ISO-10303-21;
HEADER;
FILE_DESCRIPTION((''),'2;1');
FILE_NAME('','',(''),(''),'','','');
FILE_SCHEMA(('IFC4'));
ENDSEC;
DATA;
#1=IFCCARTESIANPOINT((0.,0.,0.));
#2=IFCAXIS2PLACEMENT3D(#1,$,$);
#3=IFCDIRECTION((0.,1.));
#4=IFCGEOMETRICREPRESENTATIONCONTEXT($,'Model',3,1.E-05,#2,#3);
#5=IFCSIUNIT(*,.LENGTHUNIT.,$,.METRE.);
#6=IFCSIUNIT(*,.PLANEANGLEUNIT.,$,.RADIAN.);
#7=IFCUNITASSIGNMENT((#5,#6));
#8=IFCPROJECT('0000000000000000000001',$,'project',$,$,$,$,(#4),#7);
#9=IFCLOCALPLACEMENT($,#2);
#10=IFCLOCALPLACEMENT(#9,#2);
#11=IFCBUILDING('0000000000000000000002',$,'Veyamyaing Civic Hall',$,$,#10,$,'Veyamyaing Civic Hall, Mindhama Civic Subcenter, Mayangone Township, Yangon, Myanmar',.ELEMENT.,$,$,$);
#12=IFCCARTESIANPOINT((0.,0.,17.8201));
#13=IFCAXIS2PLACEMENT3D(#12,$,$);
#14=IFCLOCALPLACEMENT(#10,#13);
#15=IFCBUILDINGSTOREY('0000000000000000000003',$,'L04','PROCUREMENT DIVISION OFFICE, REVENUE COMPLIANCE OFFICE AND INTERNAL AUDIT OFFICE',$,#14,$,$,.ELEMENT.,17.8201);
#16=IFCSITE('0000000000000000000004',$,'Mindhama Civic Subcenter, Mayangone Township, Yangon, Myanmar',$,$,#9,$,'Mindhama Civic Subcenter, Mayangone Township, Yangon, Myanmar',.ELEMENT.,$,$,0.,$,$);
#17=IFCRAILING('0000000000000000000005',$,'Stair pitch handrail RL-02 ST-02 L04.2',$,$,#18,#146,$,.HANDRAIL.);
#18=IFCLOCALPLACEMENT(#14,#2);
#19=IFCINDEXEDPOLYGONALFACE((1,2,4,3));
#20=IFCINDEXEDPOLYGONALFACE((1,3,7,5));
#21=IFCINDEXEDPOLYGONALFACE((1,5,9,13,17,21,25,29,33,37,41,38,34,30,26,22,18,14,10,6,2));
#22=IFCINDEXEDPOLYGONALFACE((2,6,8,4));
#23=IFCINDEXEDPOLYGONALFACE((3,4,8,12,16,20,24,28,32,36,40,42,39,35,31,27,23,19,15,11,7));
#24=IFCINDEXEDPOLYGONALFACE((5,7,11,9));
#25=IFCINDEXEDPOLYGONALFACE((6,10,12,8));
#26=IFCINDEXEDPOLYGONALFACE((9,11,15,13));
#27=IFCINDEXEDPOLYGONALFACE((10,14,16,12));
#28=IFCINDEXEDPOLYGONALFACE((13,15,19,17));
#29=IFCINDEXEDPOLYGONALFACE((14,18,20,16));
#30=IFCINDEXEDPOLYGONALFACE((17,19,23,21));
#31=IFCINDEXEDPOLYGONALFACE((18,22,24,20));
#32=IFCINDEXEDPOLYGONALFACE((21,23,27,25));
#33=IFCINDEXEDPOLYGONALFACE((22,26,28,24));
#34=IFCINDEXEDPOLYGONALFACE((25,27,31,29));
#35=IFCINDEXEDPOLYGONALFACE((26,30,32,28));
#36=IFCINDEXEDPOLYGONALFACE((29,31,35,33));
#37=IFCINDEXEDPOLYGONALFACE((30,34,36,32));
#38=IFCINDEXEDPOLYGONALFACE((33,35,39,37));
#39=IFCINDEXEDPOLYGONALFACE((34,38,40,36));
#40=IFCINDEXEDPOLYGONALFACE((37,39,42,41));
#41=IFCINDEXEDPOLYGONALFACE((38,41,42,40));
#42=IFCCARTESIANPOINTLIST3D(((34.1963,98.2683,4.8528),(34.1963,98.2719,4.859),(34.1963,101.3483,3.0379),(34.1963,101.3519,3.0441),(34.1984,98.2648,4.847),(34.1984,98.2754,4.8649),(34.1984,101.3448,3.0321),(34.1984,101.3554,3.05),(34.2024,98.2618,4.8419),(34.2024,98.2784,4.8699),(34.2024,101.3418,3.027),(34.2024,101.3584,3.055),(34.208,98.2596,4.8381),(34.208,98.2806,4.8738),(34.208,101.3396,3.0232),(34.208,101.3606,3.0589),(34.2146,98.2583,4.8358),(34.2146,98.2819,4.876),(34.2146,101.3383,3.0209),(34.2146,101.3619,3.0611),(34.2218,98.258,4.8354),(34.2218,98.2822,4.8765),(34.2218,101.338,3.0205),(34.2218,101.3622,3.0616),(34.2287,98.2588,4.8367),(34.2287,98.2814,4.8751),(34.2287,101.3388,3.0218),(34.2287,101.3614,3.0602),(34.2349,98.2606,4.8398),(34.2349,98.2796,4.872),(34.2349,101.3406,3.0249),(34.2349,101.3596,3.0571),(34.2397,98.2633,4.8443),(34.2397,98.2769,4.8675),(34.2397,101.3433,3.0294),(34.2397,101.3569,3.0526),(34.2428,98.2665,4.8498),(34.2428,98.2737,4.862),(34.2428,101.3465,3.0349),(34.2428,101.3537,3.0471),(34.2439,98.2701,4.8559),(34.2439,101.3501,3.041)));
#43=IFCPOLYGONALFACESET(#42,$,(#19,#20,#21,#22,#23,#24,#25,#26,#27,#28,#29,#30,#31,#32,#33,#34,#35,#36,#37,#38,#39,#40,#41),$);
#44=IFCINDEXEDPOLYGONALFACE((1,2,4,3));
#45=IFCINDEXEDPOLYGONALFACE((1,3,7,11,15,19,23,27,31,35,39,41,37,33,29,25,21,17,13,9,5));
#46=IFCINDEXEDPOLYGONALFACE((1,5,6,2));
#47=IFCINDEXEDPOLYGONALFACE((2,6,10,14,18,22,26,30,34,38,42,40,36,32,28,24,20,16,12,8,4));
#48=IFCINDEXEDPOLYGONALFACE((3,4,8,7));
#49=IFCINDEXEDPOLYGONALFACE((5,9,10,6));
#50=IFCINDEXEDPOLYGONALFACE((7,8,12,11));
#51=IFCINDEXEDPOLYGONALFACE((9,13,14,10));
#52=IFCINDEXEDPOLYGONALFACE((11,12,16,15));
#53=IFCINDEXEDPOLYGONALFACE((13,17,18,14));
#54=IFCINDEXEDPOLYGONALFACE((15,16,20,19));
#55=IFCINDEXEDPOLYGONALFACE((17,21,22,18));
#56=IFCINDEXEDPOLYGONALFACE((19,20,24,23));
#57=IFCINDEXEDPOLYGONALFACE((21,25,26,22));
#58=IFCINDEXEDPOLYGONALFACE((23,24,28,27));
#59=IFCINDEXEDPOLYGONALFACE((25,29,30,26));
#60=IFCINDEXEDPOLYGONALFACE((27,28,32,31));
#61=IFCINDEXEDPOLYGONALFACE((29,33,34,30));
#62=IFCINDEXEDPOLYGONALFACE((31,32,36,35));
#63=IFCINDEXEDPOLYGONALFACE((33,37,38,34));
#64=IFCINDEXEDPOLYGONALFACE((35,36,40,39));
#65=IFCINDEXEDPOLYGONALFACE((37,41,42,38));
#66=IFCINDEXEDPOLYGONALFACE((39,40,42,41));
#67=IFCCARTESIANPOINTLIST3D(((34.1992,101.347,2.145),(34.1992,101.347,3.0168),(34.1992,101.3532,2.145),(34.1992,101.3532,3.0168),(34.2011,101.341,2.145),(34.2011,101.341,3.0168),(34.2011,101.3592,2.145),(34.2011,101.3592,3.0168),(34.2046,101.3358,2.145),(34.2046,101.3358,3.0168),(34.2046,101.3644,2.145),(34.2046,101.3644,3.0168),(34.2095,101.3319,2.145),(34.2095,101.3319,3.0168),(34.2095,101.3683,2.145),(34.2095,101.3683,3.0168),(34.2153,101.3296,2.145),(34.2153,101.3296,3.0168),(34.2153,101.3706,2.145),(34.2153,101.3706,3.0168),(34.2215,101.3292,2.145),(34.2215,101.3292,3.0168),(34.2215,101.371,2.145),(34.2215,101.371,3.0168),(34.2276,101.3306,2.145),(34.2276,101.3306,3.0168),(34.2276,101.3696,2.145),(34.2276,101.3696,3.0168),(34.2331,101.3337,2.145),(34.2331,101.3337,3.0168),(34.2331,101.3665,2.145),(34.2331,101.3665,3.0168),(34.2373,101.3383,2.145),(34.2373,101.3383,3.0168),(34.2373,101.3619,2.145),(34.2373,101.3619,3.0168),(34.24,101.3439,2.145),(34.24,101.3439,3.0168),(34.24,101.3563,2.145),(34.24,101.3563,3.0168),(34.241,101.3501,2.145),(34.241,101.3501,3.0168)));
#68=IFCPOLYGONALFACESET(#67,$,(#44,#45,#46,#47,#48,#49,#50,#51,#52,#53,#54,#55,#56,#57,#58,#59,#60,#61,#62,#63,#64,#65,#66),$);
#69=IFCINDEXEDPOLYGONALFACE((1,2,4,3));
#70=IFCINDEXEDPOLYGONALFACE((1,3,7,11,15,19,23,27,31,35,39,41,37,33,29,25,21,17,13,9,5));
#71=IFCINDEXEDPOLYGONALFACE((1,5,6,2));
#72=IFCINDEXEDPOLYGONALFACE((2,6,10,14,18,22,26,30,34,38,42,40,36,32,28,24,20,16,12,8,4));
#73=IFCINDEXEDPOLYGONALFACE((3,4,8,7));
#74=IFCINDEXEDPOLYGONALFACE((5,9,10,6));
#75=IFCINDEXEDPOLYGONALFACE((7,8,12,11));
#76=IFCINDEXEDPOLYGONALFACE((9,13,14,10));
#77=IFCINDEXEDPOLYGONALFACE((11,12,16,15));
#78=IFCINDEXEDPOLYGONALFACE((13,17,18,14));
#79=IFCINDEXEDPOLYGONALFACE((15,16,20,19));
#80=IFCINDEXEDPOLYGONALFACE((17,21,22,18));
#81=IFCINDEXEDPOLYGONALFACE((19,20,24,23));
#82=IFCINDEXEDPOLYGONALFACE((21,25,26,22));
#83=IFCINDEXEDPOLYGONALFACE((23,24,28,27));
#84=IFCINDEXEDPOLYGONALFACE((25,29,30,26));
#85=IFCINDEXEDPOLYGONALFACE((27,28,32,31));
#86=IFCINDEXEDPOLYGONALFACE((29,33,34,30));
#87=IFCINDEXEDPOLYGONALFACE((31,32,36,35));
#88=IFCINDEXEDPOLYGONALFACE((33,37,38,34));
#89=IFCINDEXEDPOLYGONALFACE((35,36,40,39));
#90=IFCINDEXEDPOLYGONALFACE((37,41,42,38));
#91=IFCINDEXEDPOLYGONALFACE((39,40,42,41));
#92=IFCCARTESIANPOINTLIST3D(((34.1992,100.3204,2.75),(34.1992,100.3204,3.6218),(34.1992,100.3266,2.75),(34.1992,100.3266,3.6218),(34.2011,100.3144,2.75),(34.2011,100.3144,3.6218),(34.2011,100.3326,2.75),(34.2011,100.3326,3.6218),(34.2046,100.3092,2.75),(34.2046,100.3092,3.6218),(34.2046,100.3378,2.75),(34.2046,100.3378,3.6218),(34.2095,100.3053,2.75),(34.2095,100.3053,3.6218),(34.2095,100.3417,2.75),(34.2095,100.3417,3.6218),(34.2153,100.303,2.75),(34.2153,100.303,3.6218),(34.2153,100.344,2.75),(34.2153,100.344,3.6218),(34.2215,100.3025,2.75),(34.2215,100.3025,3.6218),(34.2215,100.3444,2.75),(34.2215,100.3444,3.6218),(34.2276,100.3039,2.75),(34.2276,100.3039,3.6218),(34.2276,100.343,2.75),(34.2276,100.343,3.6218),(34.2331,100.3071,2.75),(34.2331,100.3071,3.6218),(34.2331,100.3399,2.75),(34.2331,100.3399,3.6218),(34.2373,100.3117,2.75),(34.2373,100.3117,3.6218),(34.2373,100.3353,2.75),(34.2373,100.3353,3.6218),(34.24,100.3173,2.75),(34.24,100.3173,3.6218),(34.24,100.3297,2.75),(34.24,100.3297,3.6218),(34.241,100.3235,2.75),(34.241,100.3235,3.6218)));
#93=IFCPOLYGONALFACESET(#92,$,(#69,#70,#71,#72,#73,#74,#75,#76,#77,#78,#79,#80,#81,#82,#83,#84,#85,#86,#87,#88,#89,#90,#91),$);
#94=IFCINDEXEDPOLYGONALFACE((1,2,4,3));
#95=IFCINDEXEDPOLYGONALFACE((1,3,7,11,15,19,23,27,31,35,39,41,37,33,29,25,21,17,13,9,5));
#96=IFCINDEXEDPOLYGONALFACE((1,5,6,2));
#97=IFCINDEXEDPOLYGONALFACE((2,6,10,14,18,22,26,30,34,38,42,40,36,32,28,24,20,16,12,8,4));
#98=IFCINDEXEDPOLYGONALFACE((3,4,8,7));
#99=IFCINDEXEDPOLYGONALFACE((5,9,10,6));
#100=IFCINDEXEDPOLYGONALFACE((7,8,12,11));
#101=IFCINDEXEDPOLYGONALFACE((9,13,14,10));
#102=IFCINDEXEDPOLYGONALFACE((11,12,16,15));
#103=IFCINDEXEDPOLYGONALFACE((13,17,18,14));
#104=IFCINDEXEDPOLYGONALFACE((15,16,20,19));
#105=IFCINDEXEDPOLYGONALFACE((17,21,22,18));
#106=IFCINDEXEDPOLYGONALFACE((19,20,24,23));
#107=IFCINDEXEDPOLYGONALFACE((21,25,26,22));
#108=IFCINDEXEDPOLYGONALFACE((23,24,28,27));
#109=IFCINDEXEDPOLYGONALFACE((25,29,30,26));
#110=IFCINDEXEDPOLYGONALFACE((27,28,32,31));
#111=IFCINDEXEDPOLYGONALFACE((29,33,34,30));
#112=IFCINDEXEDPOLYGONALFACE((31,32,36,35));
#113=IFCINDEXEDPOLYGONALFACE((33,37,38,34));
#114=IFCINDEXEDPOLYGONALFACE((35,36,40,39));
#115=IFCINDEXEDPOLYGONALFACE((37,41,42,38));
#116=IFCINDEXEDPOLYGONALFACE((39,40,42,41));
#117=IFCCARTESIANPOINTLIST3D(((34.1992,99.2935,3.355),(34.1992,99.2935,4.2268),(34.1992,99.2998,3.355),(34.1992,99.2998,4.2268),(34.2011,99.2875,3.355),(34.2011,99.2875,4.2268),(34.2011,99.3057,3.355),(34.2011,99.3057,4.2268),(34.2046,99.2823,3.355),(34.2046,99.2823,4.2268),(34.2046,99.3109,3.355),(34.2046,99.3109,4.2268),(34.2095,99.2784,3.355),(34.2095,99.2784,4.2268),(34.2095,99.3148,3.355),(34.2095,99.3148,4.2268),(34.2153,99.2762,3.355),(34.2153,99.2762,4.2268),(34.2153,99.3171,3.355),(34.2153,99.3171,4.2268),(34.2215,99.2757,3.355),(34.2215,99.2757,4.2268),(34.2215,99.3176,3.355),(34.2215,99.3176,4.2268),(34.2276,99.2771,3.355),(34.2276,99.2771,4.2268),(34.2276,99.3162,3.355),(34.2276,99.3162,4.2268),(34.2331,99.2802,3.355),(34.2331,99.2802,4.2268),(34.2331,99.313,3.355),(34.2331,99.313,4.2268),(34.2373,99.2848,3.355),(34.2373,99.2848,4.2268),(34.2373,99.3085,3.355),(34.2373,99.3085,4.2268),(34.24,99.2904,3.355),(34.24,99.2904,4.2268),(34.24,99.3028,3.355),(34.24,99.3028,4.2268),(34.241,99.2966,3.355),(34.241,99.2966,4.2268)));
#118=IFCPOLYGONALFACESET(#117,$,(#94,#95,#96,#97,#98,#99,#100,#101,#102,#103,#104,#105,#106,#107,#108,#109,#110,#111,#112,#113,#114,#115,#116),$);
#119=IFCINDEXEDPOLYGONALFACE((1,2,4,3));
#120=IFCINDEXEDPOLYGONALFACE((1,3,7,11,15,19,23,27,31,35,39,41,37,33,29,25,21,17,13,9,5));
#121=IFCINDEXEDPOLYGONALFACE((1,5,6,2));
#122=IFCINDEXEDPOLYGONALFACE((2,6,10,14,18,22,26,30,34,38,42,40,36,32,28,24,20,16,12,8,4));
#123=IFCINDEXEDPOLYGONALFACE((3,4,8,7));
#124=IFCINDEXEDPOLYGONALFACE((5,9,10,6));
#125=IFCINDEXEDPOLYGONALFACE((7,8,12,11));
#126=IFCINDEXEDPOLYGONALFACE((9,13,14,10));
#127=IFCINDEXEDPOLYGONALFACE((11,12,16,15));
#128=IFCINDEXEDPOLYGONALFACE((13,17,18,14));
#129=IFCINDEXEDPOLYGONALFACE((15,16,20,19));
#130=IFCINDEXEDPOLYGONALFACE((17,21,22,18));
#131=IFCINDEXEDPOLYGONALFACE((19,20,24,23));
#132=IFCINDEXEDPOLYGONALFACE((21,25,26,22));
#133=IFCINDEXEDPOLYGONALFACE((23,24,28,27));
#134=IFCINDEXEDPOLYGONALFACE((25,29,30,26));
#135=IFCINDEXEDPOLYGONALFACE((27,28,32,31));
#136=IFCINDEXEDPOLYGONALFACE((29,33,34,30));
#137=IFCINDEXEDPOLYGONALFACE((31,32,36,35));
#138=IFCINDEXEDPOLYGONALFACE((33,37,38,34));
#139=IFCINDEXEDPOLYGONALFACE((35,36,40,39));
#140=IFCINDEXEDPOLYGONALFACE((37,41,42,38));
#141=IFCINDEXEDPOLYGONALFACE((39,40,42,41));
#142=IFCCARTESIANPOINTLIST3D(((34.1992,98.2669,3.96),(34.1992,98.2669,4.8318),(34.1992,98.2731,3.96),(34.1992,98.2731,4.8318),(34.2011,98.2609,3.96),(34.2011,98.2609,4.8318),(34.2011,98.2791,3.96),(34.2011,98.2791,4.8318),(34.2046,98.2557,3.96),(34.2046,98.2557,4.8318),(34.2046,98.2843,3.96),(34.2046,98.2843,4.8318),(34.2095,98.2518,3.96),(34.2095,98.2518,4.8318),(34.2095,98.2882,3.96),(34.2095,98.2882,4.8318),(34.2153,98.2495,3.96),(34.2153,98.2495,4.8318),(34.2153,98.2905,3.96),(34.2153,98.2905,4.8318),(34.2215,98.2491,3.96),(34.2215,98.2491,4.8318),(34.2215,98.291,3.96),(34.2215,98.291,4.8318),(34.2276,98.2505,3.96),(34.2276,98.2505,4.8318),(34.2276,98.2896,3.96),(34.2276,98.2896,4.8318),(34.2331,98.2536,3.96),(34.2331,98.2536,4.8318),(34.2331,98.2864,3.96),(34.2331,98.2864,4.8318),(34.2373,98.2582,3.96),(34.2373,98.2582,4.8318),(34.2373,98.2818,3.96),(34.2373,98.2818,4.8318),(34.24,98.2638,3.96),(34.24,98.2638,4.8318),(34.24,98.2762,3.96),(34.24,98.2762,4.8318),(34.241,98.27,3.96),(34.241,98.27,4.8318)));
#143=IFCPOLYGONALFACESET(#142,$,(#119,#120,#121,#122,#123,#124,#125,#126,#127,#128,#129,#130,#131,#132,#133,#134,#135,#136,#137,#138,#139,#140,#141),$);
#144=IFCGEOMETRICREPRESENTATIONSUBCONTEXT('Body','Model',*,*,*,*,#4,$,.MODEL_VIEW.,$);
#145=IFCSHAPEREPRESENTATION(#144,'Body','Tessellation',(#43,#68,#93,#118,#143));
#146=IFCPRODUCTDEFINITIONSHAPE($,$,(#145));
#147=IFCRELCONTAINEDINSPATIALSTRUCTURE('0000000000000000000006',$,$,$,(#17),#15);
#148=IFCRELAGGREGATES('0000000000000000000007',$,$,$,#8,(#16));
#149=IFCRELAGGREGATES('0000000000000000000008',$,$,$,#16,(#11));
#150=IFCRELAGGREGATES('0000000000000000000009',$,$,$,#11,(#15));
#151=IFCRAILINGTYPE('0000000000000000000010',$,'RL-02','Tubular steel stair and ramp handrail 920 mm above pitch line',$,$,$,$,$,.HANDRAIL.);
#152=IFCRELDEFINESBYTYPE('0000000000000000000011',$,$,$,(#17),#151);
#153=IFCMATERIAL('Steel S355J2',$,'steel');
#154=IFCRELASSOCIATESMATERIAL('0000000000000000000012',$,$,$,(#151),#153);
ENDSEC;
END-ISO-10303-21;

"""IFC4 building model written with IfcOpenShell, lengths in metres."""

from ifc_helpers import new_model, si_unit, direction, frame, origin, origin_2d, place, context, subcontext, project, spatial, circle, extrude, material, type_object, element, save


model = new_model("IFC4")

# Units and contexts
model_context = context("Model", 3, precision=1e-05, world=origin(), true_north=direction((0.0, 1.0)))
body_context = subcontext(model_context, "Body", "Model", "MODEL_VIEW")
ifc_project = project(units=[si_unit("LENGTHUNIT", "METRE"), si_unit("PLANEANGLEUNIT", "RADIAN")], contexts=[model_context])

# Site, building, storey
site_placement = place(None, origin())
site = spatial("IfcSite", under=ifc_project, at=site_placement, Name="Mindhama Civic Subcenter, Mayangone Township, Yangon, Myanmar", LongName="Mindhama Civic Subcenter, Mayangone Township, Yangon, Myanmar", CompositionType="ELEMENT", RefElevation=0.0)
building_placement = place(site_placement, origin())
building = spatial("IfcBuilding", under=site, at=building_placement, Name="Veyamyaing Civic Hall", LongName="Veyamyaing Civic Hall, Mindhama Civic Subcenter, Mayangone Township, Yangon, Myanmar", CompositionType="ELEMENT")
storey_placement = place(building_placement, frame((0.0, 0.0, 17.8201)))
storey = spatial("IfcBuildingStorey", under=building, at=storey_placement, Name="L04", Description="PROCUREMENT DIVISION OFFICE, REVENUE COMPLIANCE OFFICE AND INTERNAL AUDIT OFFICE", CompositionType="ELEMENT", Elevation=17.8201)

# Railing
ifc_material_1 = material(Name="Steel S355J2", Category="steel")
railing_type_1 = type_object("IfcRailingType", Name="RL-02", Description="Tubular steel stair and ramp handrail 920 mm above pitch line", PredefinedType="HANDRAIL", material=ifc_material_1)
railing_1_placement = place(storey_placement, frame((34.22, 101.3501, 2.145)))
element("IfcRailing", 1, at=railing_1_placement, inside=storey, type_object=railing_type_1, Name="Stair pitch handrail RL-02 ST-02 L04.2", PredefinedType="HANDRAIL", context=body_context, shape_type="SweptSolid", body=[
    extrude(circle(Radius=0.0239, at=origin_2d()), frame((0.0, 0.0, 0.896), z_axis=(0.0, -0.861551, 0.507671), x_axis=(1.0, 0.0, 0.0)), (0.0, 0.0, 1.0), 3.575),
    extrude(circle(Radius=0.021, at=origin_2d()), origin(), (0.0, 0.0, 1.0), 0.8718),
    extrude(circle(Radius=0.021, at=origin_2d()), frame((0.0, -1.0266, 0.605)), (0.0, 0.0, 1.0), 0.8718),
    extrude(circle(Radius=0.021, at=origin_2d()), frame((0.0, -2.0535, 1.21)), (0.0, 0.0, 1.0), 0.8718),
    extrude(circle(Radius=0.021, at=origin_2d()), frame((0.0, -3.0801, 1.8149)), (0.0, 0.0, 1.0), 0.8718),
])

save(model, "model.ifc")
